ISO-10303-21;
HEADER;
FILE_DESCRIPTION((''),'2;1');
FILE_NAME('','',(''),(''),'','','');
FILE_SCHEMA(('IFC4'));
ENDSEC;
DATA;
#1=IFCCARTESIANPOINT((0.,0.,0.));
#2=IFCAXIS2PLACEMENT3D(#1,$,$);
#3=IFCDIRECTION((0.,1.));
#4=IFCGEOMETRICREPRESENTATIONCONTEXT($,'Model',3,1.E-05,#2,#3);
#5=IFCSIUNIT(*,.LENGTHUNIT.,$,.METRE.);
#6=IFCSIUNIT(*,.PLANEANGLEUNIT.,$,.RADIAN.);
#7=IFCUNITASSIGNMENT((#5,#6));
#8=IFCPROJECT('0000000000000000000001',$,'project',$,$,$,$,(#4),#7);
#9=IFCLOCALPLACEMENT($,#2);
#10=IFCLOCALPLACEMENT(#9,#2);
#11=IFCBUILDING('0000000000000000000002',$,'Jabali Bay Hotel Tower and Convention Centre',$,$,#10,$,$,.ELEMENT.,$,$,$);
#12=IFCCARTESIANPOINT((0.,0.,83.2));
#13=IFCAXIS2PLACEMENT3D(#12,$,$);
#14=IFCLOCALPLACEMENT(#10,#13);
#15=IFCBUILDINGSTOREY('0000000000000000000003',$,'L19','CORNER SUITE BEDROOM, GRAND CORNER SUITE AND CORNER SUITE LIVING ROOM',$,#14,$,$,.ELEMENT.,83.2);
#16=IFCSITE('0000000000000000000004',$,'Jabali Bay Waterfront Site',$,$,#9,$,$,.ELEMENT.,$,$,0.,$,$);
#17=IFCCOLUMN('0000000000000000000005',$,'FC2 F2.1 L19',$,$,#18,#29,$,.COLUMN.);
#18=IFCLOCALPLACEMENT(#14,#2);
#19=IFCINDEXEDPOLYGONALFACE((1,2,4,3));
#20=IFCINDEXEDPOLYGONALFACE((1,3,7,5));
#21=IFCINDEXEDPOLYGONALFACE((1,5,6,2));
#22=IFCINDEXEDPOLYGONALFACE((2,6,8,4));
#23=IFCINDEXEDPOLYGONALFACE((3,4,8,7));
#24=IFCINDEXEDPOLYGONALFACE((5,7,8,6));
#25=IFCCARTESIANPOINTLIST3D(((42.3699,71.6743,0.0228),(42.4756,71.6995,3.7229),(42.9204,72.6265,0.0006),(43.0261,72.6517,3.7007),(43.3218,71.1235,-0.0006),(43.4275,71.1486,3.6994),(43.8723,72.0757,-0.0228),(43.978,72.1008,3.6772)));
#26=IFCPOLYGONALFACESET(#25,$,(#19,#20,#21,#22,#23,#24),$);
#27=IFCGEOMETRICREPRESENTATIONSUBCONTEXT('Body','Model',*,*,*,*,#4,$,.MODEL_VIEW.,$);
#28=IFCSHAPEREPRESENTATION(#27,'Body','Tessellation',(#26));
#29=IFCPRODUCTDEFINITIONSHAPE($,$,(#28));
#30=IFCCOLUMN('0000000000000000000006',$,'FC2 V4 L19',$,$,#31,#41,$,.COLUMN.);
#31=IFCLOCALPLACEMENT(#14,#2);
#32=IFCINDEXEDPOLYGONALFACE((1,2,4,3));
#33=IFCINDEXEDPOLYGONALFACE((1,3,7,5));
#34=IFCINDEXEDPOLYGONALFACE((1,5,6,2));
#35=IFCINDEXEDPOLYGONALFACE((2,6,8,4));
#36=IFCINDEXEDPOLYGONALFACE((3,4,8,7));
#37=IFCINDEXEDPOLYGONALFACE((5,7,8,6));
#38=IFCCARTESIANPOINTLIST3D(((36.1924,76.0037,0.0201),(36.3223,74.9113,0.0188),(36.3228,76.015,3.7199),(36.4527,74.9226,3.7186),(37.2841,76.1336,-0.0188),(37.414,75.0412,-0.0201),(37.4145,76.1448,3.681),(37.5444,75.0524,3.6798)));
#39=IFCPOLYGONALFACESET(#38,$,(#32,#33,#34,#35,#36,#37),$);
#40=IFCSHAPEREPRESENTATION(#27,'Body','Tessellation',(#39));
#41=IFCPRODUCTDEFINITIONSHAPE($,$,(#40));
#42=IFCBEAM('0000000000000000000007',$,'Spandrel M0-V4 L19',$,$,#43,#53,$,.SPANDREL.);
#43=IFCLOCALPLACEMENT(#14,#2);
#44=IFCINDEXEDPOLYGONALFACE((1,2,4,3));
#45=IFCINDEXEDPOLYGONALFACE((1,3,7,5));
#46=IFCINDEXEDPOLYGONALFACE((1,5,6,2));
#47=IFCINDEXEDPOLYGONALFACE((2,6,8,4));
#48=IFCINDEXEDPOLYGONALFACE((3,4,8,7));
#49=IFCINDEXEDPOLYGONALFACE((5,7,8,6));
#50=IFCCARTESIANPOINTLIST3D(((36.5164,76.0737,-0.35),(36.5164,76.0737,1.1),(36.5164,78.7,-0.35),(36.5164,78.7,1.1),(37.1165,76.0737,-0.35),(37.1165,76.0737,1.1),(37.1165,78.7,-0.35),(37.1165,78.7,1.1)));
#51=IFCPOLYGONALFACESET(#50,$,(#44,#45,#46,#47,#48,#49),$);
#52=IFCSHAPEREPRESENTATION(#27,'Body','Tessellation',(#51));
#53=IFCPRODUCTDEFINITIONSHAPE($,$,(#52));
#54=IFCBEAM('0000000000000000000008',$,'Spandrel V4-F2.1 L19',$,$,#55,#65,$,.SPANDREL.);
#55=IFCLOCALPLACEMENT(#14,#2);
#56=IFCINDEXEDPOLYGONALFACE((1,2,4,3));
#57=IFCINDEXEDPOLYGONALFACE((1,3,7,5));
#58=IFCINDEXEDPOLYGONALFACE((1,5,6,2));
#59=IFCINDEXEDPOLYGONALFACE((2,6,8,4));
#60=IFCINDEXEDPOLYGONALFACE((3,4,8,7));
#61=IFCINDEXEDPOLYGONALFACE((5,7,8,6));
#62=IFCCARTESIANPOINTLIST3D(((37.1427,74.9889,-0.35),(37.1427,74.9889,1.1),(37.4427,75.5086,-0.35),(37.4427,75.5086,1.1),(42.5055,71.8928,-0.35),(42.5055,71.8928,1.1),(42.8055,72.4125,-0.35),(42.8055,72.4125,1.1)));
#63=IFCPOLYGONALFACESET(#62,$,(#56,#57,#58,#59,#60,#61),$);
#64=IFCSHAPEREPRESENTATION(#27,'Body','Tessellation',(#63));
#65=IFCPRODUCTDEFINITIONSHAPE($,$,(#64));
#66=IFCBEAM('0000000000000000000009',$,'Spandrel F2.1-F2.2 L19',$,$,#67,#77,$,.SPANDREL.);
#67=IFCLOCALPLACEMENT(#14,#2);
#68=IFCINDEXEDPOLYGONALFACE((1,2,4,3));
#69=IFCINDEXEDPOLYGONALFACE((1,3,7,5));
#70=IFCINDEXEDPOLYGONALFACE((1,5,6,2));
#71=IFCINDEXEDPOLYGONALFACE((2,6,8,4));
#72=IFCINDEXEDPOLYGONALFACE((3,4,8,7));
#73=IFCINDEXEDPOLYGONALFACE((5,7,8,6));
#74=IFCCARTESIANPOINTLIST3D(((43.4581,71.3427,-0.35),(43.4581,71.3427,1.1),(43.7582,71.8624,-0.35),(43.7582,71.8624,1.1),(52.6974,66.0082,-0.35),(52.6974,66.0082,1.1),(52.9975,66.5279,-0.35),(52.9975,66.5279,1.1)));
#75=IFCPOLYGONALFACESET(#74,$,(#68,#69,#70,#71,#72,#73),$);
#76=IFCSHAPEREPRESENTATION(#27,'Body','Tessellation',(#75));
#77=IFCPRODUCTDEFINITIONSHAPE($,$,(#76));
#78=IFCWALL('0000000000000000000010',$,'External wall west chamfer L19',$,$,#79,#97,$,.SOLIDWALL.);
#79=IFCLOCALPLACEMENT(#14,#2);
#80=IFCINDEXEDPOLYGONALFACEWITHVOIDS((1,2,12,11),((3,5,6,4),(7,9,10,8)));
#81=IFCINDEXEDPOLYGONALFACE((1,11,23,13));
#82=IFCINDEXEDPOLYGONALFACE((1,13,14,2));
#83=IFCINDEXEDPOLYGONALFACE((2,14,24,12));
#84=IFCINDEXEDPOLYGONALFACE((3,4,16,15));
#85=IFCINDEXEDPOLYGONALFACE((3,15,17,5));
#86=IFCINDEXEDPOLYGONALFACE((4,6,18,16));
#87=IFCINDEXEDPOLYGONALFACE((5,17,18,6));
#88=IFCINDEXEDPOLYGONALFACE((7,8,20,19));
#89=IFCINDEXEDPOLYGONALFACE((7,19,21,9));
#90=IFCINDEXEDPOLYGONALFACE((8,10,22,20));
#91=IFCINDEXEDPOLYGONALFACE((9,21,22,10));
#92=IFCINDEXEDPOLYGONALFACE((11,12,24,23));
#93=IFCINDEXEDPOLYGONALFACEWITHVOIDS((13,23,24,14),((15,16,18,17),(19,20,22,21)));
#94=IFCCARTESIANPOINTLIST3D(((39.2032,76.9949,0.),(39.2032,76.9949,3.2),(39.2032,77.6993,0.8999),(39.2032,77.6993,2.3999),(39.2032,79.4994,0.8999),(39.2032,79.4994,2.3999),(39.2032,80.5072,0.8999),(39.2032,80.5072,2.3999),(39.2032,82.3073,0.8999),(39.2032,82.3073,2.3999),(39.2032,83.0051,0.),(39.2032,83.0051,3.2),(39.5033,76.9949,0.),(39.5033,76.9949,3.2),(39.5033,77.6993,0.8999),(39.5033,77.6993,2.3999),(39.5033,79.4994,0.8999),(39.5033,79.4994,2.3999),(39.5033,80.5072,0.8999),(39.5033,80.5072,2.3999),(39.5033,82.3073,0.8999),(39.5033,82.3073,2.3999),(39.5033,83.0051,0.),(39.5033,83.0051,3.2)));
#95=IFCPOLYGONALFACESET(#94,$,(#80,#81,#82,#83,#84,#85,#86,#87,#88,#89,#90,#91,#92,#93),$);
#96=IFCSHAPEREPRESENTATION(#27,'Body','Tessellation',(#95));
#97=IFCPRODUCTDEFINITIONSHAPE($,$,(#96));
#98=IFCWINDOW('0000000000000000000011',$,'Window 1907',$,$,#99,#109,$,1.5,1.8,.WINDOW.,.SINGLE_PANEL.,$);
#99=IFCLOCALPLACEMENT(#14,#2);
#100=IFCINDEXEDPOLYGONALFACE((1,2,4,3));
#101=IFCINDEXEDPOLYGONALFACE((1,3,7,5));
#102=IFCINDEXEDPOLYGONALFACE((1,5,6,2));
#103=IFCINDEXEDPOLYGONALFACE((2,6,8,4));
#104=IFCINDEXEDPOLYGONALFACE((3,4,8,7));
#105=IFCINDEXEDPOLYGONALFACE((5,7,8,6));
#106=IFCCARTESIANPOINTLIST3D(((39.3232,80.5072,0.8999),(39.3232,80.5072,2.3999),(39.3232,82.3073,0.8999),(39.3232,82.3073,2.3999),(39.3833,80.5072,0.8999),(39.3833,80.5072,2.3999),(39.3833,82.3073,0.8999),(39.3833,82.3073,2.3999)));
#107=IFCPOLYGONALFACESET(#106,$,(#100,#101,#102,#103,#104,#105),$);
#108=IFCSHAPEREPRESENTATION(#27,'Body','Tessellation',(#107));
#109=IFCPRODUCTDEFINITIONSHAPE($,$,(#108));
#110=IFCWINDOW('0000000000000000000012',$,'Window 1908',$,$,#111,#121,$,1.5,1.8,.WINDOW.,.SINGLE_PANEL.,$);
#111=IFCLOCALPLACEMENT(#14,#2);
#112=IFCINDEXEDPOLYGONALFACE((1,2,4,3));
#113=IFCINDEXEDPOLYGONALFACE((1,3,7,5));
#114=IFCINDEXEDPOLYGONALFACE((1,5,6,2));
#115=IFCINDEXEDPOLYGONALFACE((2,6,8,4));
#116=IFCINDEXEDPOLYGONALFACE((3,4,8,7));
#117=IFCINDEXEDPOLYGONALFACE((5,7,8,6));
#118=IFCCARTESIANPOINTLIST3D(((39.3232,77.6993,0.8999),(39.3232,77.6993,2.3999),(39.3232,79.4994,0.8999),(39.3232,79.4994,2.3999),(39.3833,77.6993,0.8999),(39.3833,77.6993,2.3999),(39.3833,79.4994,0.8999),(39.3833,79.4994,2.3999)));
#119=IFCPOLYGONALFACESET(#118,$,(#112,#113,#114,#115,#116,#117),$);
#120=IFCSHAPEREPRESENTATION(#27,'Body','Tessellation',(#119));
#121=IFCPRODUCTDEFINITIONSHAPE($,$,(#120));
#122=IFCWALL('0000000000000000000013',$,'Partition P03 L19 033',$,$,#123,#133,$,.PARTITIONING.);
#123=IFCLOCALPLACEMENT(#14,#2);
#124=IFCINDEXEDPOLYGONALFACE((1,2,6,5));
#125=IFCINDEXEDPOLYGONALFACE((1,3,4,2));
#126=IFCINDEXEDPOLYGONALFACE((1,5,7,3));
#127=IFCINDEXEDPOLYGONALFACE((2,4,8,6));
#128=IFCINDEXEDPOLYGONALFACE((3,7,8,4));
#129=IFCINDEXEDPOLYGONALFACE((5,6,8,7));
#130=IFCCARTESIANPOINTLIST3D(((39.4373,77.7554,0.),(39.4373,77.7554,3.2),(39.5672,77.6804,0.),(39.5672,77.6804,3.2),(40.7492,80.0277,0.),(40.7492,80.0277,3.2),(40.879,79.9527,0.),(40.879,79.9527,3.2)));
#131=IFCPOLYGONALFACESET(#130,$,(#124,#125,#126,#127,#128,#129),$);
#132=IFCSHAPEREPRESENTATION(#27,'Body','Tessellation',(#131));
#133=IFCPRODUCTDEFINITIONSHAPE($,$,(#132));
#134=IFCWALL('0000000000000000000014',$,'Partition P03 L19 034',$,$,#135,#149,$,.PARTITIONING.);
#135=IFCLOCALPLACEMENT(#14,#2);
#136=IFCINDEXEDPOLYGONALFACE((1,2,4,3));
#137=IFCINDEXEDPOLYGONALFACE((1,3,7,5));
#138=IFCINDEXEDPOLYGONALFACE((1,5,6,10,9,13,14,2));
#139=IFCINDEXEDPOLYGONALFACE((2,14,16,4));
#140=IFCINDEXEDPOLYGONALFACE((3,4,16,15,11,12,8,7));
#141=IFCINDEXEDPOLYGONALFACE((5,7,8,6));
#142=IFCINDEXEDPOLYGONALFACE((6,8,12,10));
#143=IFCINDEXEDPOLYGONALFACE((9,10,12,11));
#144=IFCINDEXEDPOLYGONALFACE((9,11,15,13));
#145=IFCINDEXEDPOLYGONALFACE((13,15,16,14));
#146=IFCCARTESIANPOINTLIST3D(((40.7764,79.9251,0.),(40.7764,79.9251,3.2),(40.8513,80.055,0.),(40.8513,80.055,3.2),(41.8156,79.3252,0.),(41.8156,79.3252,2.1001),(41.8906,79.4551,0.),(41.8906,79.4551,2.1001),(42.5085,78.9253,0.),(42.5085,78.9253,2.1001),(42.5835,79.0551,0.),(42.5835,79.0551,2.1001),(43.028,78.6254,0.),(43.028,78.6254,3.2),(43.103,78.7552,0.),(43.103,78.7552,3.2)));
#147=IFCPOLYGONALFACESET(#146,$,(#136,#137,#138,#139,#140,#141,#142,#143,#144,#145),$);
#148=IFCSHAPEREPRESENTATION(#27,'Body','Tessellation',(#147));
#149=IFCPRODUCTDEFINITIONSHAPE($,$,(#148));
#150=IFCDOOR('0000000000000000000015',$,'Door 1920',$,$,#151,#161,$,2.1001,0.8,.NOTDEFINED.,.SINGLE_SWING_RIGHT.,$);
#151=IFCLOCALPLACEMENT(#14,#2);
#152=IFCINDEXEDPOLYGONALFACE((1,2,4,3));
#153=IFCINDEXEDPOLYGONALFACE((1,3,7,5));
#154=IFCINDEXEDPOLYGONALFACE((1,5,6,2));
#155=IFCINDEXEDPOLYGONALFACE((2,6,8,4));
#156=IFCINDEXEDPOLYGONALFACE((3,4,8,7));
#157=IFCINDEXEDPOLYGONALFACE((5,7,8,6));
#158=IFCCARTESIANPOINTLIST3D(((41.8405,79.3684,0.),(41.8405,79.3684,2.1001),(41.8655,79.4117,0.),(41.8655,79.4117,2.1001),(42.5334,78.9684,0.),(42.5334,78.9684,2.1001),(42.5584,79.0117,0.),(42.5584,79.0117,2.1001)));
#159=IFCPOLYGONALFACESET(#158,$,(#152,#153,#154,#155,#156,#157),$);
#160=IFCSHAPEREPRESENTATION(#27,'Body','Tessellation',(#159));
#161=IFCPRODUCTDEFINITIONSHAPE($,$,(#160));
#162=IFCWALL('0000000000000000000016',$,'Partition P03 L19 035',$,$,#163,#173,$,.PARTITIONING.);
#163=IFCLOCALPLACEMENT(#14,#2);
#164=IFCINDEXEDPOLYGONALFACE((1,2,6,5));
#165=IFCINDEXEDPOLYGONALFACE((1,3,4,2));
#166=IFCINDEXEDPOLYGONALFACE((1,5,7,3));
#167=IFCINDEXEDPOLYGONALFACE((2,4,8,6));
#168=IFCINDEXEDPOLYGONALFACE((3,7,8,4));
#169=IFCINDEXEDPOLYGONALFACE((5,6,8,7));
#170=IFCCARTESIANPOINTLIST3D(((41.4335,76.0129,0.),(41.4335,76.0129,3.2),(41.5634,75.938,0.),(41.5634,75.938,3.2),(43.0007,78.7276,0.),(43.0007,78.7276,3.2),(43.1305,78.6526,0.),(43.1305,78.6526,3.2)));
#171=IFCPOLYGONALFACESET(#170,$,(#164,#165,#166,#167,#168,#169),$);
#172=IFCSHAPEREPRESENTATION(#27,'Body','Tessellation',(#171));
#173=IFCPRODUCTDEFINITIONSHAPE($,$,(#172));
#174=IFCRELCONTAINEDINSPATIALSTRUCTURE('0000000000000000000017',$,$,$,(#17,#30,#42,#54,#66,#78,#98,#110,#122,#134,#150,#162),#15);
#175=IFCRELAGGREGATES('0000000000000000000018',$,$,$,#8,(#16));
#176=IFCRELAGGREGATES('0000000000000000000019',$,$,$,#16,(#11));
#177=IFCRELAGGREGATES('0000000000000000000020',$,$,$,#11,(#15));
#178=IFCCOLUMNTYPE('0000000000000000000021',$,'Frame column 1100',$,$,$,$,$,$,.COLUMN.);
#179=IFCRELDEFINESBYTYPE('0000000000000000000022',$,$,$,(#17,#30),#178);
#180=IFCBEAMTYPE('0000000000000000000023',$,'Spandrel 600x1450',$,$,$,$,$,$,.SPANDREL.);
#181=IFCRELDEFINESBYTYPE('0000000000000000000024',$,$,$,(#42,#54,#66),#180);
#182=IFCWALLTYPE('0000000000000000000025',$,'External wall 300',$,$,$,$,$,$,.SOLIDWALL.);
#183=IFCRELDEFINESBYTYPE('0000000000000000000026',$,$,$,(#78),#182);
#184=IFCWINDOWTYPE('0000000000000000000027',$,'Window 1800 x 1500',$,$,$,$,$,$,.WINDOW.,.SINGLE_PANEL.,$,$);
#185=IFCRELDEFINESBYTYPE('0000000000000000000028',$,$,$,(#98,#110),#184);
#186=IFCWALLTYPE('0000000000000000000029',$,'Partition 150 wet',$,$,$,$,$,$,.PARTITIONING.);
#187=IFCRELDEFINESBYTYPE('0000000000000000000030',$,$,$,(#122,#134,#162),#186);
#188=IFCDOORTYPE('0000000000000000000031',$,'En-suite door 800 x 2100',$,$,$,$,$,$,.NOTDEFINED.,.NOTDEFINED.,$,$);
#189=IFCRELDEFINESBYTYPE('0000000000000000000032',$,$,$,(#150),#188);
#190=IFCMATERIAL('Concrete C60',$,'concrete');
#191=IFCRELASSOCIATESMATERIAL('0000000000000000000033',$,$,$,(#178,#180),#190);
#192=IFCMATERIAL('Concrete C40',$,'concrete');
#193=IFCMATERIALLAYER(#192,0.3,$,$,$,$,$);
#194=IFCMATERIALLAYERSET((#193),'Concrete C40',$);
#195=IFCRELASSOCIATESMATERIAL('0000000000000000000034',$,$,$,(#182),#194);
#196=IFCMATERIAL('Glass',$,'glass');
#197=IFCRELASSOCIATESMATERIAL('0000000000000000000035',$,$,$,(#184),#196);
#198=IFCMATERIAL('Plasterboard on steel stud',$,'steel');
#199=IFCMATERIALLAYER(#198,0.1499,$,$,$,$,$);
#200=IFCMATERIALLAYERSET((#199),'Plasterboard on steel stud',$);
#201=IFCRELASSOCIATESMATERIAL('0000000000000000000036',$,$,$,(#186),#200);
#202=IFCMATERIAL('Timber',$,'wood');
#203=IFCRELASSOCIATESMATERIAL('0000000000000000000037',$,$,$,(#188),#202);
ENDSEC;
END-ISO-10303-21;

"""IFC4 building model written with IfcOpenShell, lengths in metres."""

from ifc_helpers import new_model, si_unit, direction, frame, frame_2d, origin, origin_2d, place, context, subcontext, project, spatial, rectangle, extrude, material, layer, layer_set, material_profile, profile_set, type_object, element, fill, save


model = new_model("IFC4")

# Units and contexts
model_context = context("Model", 3, precision=1e-05, world=origin(), true_north=direction((0.0, 1.0)))
body_context = subcontext(model_context, "Body", "Model", "MODEL_VIEW")
ifc_project = project(units=[si_unit("LENGTHUNIT", "METRE"), si_unit("PLANEANGLEUNIT", "RADIAN")], contexts=[model_context])

# Site, building, storey
site_placement = place(None, origin())
site = spatial("IfcSite", under=ifc_project, at=site_placement, Name="Jabali Bay Waterfront Site", CompositionType="ELEMENT", RefElevation=0.0)
building_placement = place(site_placement, origin())
building = spatial("IfcBuilding", under=site, at=building_placement, Name="Jabali Bay Hotel Tower and Convention Centre", CompositionType="ELEMENT")
storey_placement = place(building_placement, frame((0.0, 0.0, 83.2)))
storey = spatial("IfcBuildingStorey", under=building, at=storey_placement, Name="L19", Description="CORNER SUITE BEDROOM, GRAND CORNER SUITE AND CORNER SUITE LIVING ROOM", CompositionType="ELEMENT", Elevation=83.2)

# Columns
ifc_material_1 = material(Name="Concrete C60", Category="concrete")
ifc_material_profile_1 = material_profile(ifc_material_1, rectangle(XDim=1.1001, YDim=1.1001, at=origin_2d()), Name="Frame column 1100")
ifc_profile_set_1 = profile_set([ifc_material_profile_1], Name="Concrete C60")
column_type = type_object("IfcColumnType", Name="Frame column 1100", PredefinedType="COLUMN", material=ifc_profile_set_1)
column_1_placement = place(storey_placement, frame((43.1211, 71.875, 0.0), z_axis=(0.028559, 0.006794, 0.999569), x_axis=(-0.86532, 0.500766, 0.02132)))
element("IfcColumn", 1, at=column_1_placement, inside=storey, type_object=column_type, Name="FC2 F2.1 L19", PredefinedType="COLUMN", context=body_context, shape_type="SweptSolid", body=[
    extrude(rectangle(XDim=1.1001, YDim=1.1001, at=origin_2d()), origin(), (0.0, 0.0, 1.0), 3.7017),
])
column_2_placement = place(storey_placement, frame((36.8032, 75.5225, 0.0), z_axis=(0.035214, 0.003033, 0.999375), x_axis=(-0.118095, 0.993002, 0.001147)))
element("IfcColumn", 2, at=column_2_placement, inside=storey, type_object=column_type, Name="FC2 V4 L19", PredefinedType="COLUMN", context=body_context, shape_type="SweptSolid", body=[
    extrude(rectangle(XDim=1.1001, YDim=1.1001, at=origin_2d()), origin(), (0.0, 0.0, 1.0), 3.7021),
])

# Beams
ifc_material_profile_2 = material_profile(ifc_material_1, rectangle(XDim=0.6001, YDim=1.45, at=origin_2d()), Name="Spandrel 600x1450")
ifc_profile_set_2 = profile_set([ifc_material_profile_2], Name="Concrete C60")
beam_type = type_object("IfcBeamType", Name="Spandrel 600x1450", PredefinedType="SPANDREL", material=ifc_profile_set_2)
beam_1_placement = place(storey_placement, frame((36.8164, 78.7, 0.375), z_axis=(0.0, -1.0, 0.0), x_axis=(1.0, 0.0, 0.0)))
element("IfcBeam", 3, at=beam_1_placement, inside=storey, type_object=beam_type, Name="Spandrel M0-V4 L19", PredefinedType="SPANDREL", context=body_context, shape_type="SweptSolid", body=[
    extrude(rectangle(XDim=0.6001, YDim=1.45, at=origin_2d()), origin(), (0.0, 0.0, 1.0), 2.6262),
])
beam_2_placement = place(storey_placement, frame((37.2927, 75.2488, 0.375), z_axis=(0.866027, -0.499998, 0.0), x_axis=(0.499998, 0.866027, 0.0)))
element("IfcBeam", 4, at=beam_2_placement, inside=storey, type_object=beam_type, Name="Spandrel V4-F2.1 L19", PredefinedType="SPANDREL", context=body_context, shape_type="SweptSolid", body=[
    extrude(rectangle(XDim=0.6001, YDim=1.45, at=origin_2d()), origin(), (0.0, 0.0, 1.0), 6.1924),
])
beam_3_placement = place(storey_placement, frame((43.6082, 71.6025, 0.375), z_axis=(0.866018, -0.500013, 0.0), x_axis=(0.500013, 0.866018, 0.0)))
element("IfcBeam", 5, at=beam_3_placement, inside=storey, type_object=beam_type, Name="Spandrel F2.1-F2.2 L19", PredefinedType="SPANDREL", context=body_context, shape_type="SweptSolid", body=[
    extrude(rectangle(XDim=0.6001, YDim=1.45, at=origin_2d()), origin(), (0.0, 0.0, 1.0), 10.6687),
])

# Wall, openings, windows
ifc_material_2 = material(Name="Concrete C40", Category="concrete")
ifc_layer_1 = layer(ifc_material_2, 0.3)
ifc_layer_set_1 = layer_set([ifc_layer_1], Name="Concrete C40")
wall_type_1 = type_object("IfcWallType", Name="External wall 300", PredefinedType="SOLIDWALL", material=ifc_layer_set_1)
wall_1_placement = place(storey_placement, frame((39.3533, 76.9949, 0.0), z_axis=(0.0, 0.0, 1.0), x_axis=(0.0, 1.0, 0.0)))
wall_1 = element("IfcWall", 6, at=wall_1_placement, inside=storey, type_object=wall_type_1, Name="External wall west chamfer L19", PredefinedType="SOLIDWALL", context=body_context, shape_type="SweptSolid", body=[
    extrude(rectangle(XDim=6.0103, YDim=0.3, at=frame_2d((3.0051, 0.0))), origin(), (0.0, 0.0, 1.0), 3.2),
])
opening_1_placement = place(wall_1_placement, frame((3.5125, 0.0, 0.8999)))
opening_1 = element("IfcOpeningElement", 7, at=opening_1_placement, cuts=wall_1, PredefinedType="OPENING", context=body_context, shape_type="SweptSolid", body=[
    extrude(rectangle(XDim=1.8, YDim=1.5, at=frame_2d((0.8999, 0.75))), frame((0.0, 0.1606, 0.0), z_axis=(0.0, -1.0, 0.0), x_axis=(1.0, 0.0, 0.0)), (0.0, 0.0, 1.0), 0.321),
])
opening_2_placement = place(wall_1_placement, frame((0.7046, 0.0, 0.8999)))
opening_2 = element("IfcOpeningElement", 8, at=opening_2_placement, cuts=wall_1, PredefinedType="OPENING", context=body_context, shape_type="SweptSolid", body=[
    extrude(rectangle(XDim=1.8, YDim=1.5, at=frame_2d((0.8999, 0.75))), frame((0.0, 0.1606, 0.0), z_axis=(0.0, -1.0, 0.0), x_axis=(1.0, 0.0, 0.0)), (0.0, 0.0, 1.0), 0.321),
])
ifc_material_3 = material(Name="Glass", Category="glass")
window_type = type_object("IfcWindowType", Name="Window 1800 x 1500", PartitioningType="SINGLE_PANEL", PredefinedType="WINDOW", material=ifc_material_3)
window_1_placement = place(opening_1_placement, origin())
window_1 = element("IfcWindow", 9, at=window_1_placement, inside=storey, type_object=window_type, Name="Window 1907", OverallHeight=1.5, OverallWidth=1.8, PartitioningType="SINGLE_PANEL", PredefinedType="WINDOW", context=body_context, shape_type="SweptSolid", body=[
    extrude(rectangle(XDim=1.8, YDim=1.5, at=frame_2d((0.8999, 0.75))), frame((0.0, 0.03, 0.0), z_axis=(0.0, -1.0, 0.0), x_axis=(1.0, 0.0, 0.0)), (0.0, 0.0, 1.0), 0.0601),
])
fill(opening_1, window_1)
window_2_placement = place(opening_2_placement, origin())
window_2 = element("IfcWindow", 10, at=window_2_placement, inside=storey, type_object=window_type, Name="Window 1908", OverallHeight=1.5, OverallWidth=1.8, PartitioningType="SINGLE_PANEL", PredefinedType="WINDOW", context=body_context, shape_type="SweptSolid", body=[
    extrude(rectangle(XDim=1.8, YDim=1.5, at=frame_2d((0.8999, 0.75))), frame((0.0, 0.03, 0.0), z_axis=(0.0, -1.0, 0.0), x_axis=(1.0, 0.0, 0.0)), (0.0, 0.0, 1.0), 0.0601),
])
fill(opening_2, window_2)

# Wall
ifc_material_4 = material(Name="Plasterboard on steel stud", Category="steel")
ifc_layer_2 = layer(ifc_material_4, 0.1499)
ifc_layer_set_2 = layer_set([ifc_layer_2], Name="Plasterboard on steel stud")
wall_type_2 = type_object("IfcWallType", Name="Partition 150 wet", PredefinedType="PARTITIONING", material=ifc_layer_set_2)
wall_2_placement = place(storey_placement, frame((39.5022, 77.7178, 0.0), z_axis=(0.0, 0.0, 1.0), x_axis=(0.499972, 0.866041, 0.0)))
element("IfcWall", 11, at=wall_2_placement, inside=storey, type_object=wall_type_2, Name="Partition P03 L19 033", PredefinedType="PARTITIONING", context=body_context, shape_type="SweptSolid", body=[
    extrude(rectangle(XDim=2.6238, YDim=0.1499, at=frame_2d((1.312, 0.0))), origin(), (0.0, 0.0, 1.0), 3.2),
])

# Wall, opening, door
wall_3_placement = place(storey_placement, frame((40.814, 79.99, 0.0), z_axis=(0.0, 0.0, 1.0), x_axis=(0.866062, -0.499937, 0.0)))
wall_3 = element("IfcWall", 12, at=wall_3_placement, inside=storey, type_object=wall_type_2, Name="Partition P03 L19 034", PredefinedType="PARTITIONING", context=body_context, shape_type="SweptSolid", body=[
    extrude(rectangle(XDim=2.5999, YDim=0.1499, at=frame_2d((1.2998, 0.0))), origin(), (0.0, 0.0, 1.0), 3.2),
])
opening_3_placement = place(wall_3_placement, frame((1.2, 0.0, 0.0)))
opening_3 = element("IfcOpeningElement", 13, at=opening_3_placement, cuts=wall_3, PredefinedType="OPENING", context=body_context, shape_type="SweptSolid", body=[
    extrude(rectangle(XDim=0.8, YDim=2.1001, at=frame_2d((0.3999, 1.05))), frame((0.0, 0.0854, 0.0), z_axis=(0.0, -1.0, 0.0), x_axis=(1.0, 0.0, 0.0)), (0.0, 0.0, 1.0), 0.1709),
])
ifc_material_5 = material(Name="Timber", Category="wood")
door_type = type_object("IfcDoorType", Name="En-suite door 800 x 2100", OperationType="NOTDEFINED", PredefinedType="NOTDEFINED", material=ifc_material_5)
door_placement = place(opening_3_placement, origin())
door = element("IfcDoor", 14, at=door_placement, inside=storey, type_object=door_type, Name="Door 1920", OperationType="SINGLE_SWING_RIGHT", OverallHeight=2.1001, OverallWidth=0.8, PredefinedType="NOTDEFINED", context=body_context, shape_type="SweptSolid", body=[
    extrude(rectangle(XDim=0.8, YDim=2.1001, at=frame_2d((0.3999, 1.05))), frame((0.0, 0.0249, 0.0), z_axis=(0.0, -1.0, 0.0), x_axis=(1.0, 0.0, 0.0)), (0.0, 0.0, 1.0), 0.05),
])
fill(opening_3, door)

# Wall
wall_4_placement = place(storey_placement, frame((43.0657, 78.6902, 0.0), z_axis=(0.0, 0.0, 1.0), x_axis=(-0.499967, -0.866044, 0.0)))
element("IfcWall", 15, at=wall_4_placement, inside=storey, type_object=wall_type_2, Name="Partition P03 L19 035", PredefinedType="PARTITIONING", context=body_context, shape_type="SweptSolid", body=[
    extrude(rectangle(XDim=3.1345, YDim=0.1499, at=frame_2d((1.5674, 0.0))), origin(), (0.0, 0.0, 1.0), 3.2),
])

save(model, "model.ifc")
